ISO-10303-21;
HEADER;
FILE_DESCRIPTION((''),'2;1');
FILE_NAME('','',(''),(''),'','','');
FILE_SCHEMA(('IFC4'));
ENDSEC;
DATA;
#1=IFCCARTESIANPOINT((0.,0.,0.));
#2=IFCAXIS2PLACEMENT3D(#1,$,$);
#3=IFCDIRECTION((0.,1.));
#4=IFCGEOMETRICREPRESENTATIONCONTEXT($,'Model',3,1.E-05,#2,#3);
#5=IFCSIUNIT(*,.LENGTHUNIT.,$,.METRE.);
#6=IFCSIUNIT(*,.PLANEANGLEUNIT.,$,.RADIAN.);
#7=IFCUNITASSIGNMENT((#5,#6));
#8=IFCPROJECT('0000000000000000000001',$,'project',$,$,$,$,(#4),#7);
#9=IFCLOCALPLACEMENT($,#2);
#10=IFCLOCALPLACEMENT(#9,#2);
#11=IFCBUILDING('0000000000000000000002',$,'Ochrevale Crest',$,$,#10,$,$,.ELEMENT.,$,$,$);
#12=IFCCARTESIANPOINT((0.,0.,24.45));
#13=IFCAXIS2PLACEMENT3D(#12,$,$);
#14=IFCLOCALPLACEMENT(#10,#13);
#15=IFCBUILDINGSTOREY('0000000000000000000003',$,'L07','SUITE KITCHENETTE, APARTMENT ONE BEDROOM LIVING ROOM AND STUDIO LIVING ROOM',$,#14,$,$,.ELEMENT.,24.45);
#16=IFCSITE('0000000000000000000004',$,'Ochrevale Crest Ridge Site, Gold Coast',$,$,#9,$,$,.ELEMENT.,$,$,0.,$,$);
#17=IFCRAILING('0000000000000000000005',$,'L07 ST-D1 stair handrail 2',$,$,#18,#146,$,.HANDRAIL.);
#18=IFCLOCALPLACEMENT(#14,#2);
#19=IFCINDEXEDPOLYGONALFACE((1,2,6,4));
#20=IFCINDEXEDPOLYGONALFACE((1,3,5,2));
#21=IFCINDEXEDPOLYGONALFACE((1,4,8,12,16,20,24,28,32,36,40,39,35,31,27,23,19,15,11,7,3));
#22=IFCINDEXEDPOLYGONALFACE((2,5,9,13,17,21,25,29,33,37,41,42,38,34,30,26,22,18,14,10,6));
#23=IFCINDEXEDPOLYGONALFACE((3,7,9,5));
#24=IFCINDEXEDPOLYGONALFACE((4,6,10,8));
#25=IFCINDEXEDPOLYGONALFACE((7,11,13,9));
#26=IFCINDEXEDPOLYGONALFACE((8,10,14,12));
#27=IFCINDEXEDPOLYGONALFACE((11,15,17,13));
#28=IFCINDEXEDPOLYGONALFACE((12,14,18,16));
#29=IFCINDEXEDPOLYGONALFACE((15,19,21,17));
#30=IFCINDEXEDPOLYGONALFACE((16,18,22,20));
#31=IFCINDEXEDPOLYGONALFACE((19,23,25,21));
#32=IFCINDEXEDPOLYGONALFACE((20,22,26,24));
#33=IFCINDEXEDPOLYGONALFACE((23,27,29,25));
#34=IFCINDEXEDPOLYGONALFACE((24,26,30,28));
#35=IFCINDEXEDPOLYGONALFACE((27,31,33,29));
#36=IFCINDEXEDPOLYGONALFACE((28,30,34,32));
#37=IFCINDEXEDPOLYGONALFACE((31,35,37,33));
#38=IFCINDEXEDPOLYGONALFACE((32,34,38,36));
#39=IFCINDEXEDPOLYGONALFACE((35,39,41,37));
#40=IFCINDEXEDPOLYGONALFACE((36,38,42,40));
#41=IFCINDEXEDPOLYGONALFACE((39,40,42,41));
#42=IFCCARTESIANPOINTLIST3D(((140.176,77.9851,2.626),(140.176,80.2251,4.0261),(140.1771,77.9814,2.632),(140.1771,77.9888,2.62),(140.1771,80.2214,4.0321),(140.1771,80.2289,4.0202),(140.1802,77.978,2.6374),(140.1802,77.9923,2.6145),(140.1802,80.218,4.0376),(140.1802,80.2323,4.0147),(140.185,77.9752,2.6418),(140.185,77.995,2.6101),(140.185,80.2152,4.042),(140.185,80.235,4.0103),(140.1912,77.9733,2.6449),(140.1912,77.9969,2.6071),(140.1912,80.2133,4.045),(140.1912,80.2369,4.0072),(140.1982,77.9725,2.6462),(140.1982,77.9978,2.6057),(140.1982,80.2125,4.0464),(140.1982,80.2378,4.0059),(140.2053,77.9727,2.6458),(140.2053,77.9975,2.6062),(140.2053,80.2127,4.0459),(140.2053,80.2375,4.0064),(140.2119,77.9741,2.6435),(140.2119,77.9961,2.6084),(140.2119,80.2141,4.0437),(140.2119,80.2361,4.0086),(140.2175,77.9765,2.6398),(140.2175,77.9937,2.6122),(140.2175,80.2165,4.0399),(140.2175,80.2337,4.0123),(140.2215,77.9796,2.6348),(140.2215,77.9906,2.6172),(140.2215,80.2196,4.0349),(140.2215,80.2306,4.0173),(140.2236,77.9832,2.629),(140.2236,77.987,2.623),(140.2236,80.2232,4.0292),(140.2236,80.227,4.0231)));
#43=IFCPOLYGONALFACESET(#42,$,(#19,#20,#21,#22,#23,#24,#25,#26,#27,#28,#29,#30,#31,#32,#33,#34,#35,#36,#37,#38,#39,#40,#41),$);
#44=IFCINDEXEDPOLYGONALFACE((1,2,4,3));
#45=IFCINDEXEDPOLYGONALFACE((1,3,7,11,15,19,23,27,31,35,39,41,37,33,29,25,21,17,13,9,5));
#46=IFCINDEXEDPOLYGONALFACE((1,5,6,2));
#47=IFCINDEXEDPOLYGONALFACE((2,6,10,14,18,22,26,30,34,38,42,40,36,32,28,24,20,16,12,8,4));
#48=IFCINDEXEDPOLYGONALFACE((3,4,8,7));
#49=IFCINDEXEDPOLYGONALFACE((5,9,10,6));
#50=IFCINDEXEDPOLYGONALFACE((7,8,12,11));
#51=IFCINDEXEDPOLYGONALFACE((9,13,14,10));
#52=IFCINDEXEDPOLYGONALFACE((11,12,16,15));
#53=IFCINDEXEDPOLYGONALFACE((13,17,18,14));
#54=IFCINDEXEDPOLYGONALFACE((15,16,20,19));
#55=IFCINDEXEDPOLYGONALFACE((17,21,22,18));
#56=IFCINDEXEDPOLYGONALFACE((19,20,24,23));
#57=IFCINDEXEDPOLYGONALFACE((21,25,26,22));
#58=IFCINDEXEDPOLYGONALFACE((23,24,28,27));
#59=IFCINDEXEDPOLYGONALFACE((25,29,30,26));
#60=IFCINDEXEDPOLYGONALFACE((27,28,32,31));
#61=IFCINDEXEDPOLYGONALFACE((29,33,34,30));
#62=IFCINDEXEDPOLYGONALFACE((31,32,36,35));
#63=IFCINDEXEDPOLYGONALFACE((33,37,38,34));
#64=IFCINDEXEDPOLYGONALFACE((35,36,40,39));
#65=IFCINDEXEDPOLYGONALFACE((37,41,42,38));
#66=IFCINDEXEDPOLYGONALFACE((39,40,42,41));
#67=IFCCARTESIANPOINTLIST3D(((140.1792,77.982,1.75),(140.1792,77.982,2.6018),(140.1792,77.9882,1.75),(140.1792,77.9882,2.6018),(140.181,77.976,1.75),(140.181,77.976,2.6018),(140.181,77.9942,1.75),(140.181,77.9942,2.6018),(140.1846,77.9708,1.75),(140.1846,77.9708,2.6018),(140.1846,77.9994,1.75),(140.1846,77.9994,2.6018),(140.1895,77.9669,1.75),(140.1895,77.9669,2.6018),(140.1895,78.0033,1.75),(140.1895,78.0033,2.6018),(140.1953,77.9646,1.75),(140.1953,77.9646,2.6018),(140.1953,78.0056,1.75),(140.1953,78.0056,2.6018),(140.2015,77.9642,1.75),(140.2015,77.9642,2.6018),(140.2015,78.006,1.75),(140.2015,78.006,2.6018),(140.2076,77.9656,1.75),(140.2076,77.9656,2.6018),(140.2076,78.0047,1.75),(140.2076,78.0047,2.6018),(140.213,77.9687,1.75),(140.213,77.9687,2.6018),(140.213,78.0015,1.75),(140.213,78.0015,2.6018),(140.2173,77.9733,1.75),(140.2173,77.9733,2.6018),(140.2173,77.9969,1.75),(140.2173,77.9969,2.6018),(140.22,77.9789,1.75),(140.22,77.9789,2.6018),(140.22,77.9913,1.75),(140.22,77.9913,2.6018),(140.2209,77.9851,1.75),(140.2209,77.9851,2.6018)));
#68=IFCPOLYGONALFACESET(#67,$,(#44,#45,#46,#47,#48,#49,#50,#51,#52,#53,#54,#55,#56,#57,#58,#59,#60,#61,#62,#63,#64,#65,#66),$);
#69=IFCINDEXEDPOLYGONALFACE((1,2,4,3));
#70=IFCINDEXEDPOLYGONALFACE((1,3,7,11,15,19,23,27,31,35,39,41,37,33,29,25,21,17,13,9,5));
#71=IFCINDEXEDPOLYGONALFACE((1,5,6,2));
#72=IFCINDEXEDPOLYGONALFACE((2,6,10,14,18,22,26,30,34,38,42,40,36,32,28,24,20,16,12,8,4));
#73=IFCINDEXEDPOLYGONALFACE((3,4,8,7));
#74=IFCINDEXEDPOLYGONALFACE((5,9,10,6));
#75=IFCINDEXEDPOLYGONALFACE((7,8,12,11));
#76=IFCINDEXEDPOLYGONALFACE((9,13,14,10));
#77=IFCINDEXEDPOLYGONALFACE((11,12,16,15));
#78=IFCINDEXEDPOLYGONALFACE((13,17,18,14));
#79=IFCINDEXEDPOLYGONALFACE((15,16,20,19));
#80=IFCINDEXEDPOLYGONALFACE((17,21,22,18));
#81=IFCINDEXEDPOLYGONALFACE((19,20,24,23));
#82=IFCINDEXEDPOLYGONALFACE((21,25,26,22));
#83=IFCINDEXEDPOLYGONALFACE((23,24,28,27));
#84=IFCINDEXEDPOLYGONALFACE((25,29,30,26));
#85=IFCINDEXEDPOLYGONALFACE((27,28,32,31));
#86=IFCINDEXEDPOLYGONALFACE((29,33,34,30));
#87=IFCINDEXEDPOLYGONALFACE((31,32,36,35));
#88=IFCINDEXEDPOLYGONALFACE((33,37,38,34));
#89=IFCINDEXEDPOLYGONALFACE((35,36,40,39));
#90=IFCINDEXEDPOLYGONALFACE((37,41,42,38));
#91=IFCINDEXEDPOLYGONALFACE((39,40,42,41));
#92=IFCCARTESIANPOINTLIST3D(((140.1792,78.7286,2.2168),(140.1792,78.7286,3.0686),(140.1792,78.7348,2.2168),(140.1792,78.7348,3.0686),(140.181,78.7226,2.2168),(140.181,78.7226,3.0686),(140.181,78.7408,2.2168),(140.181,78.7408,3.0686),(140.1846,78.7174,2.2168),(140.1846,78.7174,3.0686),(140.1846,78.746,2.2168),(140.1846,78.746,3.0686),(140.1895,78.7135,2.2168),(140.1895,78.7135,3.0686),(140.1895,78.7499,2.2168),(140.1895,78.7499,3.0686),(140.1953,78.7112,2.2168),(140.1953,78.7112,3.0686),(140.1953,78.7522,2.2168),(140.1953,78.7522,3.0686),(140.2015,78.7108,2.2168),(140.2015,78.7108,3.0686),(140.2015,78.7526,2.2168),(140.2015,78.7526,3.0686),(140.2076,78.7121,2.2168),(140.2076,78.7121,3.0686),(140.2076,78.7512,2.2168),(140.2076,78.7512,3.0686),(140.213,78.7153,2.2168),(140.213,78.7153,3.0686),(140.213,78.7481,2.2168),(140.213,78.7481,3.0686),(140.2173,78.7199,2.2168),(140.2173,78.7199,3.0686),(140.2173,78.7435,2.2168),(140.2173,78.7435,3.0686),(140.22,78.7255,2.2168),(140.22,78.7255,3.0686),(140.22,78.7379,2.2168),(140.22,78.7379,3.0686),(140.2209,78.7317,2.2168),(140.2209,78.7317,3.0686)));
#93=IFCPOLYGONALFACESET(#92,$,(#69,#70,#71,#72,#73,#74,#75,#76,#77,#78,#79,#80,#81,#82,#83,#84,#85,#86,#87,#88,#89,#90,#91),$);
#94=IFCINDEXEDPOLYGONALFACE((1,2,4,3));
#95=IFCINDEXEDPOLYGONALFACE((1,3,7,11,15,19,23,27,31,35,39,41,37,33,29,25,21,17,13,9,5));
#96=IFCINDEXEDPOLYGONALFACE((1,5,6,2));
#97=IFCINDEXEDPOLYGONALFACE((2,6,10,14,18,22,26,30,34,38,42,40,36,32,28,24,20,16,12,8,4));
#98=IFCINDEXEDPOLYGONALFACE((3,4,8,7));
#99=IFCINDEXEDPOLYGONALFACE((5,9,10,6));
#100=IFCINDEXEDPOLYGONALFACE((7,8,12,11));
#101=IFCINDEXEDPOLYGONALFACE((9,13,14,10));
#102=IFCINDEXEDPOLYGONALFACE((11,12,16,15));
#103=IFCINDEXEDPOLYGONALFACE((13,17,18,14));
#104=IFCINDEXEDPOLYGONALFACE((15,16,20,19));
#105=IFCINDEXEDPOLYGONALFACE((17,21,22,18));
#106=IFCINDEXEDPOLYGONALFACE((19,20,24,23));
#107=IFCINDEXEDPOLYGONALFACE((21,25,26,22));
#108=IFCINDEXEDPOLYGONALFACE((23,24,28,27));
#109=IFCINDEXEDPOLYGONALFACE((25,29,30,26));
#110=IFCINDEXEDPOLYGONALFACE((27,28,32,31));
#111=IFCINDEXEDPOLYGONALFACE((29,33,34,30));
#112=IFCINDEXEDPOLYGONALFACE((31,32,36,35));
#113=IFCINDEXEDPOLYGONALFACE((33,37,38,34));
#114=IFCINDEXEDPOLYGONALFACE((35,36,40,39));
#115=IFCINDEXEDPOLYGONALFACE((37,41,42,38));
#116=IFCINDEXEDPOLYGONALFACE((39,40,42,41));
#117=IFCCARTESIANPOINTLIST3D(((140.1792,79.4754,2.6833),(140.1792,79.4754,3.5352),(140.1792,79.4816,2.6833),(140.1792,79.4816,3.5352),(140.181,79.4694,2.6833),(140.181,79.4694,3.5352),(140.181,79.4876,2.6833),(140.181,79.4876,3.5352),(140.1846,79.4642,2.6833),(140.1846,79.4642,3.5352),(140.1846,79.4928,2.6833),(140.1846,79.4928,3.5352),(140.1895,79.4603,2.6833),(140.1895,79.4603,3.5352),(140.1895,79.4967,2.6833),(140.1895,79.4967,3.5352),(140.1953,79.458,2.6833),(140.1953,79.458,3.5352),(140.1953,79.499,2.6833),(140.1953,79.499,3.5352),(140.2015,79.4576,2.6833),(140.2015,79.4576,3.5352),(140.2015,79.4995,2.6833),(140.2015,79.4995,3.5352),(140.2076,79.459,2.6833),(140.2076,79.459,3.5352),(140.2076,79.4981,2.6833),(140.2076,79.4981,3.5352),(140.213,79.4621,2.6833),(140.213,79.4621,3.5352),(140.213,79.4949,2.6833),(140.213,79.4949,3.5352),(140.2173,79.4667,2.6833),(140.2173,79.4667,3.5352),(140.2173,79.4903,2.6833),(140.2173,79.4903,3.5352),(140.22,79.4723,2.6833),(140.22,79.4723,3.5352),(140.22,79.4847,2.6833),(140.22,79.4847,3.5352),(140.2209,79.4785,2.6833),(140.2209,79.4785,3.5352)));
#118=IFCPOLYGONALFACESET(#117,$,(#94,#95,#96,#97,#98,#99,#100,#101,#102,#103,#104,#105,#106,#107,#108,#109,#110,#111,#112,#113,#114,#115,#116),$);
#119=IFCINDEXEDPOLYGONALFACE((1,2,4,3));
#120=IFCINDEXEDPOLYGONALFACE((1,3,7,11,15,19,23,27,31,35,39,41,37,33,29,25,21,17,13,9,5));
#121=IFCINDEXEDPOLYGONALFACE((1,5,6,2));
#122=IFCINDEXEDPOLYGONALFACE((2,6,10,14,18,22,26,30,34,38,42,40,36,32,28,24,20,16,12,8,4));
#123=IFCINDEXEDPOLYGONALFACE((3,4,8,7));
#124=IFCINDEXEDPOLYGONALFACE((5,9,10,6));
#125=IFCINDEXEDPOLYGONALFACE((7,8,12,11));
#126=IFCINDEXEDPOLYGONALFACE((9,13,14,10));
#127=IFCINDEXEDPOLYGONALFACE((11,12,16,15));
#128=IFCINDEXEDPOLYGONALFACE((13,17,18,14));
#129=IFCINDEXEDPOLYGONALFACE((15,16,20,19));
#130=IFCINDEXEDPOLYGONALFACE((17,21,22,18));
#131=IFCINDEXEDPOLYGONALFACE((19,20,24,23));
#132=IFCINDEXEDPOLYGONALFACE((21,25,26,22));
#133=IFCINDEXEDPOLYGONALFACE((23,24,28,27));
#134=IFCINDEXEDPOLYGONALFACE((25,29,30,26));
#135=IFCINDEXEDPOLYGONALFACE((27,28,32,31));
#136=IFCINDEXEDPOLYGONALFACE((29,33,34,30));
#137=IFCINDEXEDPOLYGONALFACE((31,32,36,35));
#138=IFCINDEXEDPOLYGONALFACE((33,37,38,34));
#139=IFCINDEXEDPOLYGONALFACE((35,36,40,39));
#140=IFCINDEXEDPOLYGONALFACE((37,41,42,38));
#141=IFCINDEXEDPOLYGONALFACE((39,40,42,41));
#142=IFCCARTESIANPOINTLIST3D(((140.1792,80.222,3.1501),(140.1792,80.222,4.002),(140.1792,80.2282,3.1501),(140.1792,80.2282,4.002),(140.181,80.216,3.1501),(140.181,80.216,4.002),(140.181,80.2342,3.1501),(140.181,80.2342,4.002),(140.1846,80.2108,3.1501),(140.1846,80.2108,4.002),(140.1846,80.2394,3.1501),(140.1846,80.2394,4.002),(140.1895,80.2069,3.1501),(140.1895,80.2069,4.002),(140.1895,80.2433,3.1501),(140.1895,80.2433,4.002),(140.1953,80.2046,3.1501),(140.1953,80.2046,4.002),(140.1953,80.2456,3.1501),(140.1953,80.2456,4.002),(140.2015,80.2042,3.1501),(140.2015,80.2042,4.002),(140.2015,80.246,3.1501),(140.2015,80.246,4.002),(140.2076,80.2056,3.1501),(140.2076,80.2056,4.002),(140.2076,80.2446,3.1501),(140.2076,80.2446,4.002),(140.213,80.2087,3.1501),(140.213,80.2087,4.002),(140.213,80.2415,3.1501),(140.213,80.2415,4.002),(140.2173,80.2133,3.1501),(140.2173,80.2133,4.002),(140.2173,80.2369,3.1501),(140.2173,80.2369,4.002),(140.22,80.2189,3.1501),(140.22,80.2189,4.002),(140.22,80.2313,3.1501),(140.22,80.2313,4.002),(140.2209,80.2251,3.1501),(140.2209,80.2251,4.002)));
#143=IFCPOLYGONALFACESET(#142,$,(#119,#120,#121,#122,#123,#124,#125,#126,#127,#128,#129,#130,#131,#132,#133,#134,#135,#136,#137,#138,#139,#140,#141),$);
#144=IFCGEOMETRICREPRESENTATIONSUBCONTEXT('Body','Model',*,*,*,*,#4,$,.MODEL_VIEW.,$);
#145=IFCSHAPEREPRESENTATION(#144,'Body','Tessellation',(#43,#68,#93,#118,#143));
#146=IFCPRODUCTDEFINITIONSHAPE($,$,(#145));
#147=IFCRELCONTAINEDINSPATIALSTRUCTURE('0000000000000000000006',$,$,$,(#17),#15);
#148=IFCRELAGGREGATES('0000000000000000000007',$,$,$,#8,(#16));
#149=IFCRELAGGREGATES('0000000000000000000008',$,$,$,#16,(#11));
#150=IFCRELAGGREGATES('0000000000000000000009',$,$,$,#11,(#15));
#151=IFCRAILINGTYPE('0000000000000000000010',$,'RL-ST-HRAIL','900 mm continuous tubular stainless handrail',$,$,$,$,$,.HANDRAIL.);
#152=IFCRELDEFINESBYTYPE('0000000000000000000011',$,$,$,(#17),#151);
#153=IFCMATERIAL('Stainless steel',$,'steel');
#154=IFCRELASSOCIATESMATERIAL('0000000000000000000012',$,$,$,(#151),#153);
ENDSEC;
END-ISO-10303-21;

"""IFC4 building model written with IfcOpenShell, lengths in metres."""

from ifc_helpers import new_model, si_unit, direction, frame, origin, origin_2d, place, context, subcontext, project, spatial, circle, extrude, material, type_object, element, save


model = new_model("IFC4")

# Units and contexts
model_context = context("Model", 3, precision=1e-05, world=origin(), true_north=direction((0.0, 1.0)))
body_context = subcontext(model_context, "Body", "Model", "MODEL_VIEW")
ifc_project = project(units=[si_unit("LENGTHUNIT", "METRE"), si_unit("PLANEANGLEUNIT", "RADIAN")], contexts=[model_context])

# Site, building, storey
site_placement = place(None, origin())
site = spatial("IfcSite", under=ifc_project, at=site_placement, Name="Ochrevale Crest Ridge Site, Gold Coast", CompositionType="ELEMENT", RefElevation=0.0)
building_placement = place(site_placement, origin())
building = spatial("IfcBuilding", under=site, at=building_placement, Name="Ochrevale Crest", CompositionType="ELEMENT")
storey_placement = place(building_placement, frame((0.0, 0.0, 24.45)))
storey = spatial("IfcBuildingStorey", under=building, at=storey_placement, Name="L07", Description="SUITE KITCHENETTE, APARTMENT ONE BEDROOM LIVING ROOM AND STUDIO LIVING ROOM", CompositionType="ELEMENT", Elevation=24.45)

# Railing
ifc_material_1 = material(Name="Stainless steel", Category="steel")
railing_type = type_object("IfcRailingType", Name="RL-ST-HRAIL", Description="900 mm continuous tubular stainless handrail", PredefinedType="HANDRAIL", material=ifc_material_1)
railing_placement = place(storey_placement, frame((140.2, 77.9851, 1.75)))
element("IfcRailing", 1, at=railing_placement, inside=storey, type_object=railing_type, Name="L07 ST-D1 stair handrail 2", PredefinedType="HANDRAIL", context=body_context, shape_type="SweptSolid", body=[
    extrude(circle(Radius=0.0239, at=origin_2d()), frame((0.0, 0.0, 0.876), z_axis=(0.0, 0.847972, 0.53004), x_axis=(-1.0, 0.0, 0.0)), (0.0, 0.0, 1.0), 2.6416),
    extrude(circle(Radius=0.021, at=origin_2d()), origin(), (0.0, 0.0, 1.0), 0.8518),
    extrude(circle(Radius=0.021, at=origin_2d()), frame((0.0, 0.7466, 0.4668)), (0.0, 0.0, 1.0), 0.8518),
    extrude(circle(Radius=0.021, at=origin_2d()), frame((0.0, 1.4934, 0.9333)), (0.0, 0.0, 1.0), 0.8518),
    extrude(circle(Radius=0.021, at=origin_2d()), frame((0.0, 2.24, 1.4001)), (0.0, 0.0, 1.0), 0.8518),
])

save(model, "model.ifc")
